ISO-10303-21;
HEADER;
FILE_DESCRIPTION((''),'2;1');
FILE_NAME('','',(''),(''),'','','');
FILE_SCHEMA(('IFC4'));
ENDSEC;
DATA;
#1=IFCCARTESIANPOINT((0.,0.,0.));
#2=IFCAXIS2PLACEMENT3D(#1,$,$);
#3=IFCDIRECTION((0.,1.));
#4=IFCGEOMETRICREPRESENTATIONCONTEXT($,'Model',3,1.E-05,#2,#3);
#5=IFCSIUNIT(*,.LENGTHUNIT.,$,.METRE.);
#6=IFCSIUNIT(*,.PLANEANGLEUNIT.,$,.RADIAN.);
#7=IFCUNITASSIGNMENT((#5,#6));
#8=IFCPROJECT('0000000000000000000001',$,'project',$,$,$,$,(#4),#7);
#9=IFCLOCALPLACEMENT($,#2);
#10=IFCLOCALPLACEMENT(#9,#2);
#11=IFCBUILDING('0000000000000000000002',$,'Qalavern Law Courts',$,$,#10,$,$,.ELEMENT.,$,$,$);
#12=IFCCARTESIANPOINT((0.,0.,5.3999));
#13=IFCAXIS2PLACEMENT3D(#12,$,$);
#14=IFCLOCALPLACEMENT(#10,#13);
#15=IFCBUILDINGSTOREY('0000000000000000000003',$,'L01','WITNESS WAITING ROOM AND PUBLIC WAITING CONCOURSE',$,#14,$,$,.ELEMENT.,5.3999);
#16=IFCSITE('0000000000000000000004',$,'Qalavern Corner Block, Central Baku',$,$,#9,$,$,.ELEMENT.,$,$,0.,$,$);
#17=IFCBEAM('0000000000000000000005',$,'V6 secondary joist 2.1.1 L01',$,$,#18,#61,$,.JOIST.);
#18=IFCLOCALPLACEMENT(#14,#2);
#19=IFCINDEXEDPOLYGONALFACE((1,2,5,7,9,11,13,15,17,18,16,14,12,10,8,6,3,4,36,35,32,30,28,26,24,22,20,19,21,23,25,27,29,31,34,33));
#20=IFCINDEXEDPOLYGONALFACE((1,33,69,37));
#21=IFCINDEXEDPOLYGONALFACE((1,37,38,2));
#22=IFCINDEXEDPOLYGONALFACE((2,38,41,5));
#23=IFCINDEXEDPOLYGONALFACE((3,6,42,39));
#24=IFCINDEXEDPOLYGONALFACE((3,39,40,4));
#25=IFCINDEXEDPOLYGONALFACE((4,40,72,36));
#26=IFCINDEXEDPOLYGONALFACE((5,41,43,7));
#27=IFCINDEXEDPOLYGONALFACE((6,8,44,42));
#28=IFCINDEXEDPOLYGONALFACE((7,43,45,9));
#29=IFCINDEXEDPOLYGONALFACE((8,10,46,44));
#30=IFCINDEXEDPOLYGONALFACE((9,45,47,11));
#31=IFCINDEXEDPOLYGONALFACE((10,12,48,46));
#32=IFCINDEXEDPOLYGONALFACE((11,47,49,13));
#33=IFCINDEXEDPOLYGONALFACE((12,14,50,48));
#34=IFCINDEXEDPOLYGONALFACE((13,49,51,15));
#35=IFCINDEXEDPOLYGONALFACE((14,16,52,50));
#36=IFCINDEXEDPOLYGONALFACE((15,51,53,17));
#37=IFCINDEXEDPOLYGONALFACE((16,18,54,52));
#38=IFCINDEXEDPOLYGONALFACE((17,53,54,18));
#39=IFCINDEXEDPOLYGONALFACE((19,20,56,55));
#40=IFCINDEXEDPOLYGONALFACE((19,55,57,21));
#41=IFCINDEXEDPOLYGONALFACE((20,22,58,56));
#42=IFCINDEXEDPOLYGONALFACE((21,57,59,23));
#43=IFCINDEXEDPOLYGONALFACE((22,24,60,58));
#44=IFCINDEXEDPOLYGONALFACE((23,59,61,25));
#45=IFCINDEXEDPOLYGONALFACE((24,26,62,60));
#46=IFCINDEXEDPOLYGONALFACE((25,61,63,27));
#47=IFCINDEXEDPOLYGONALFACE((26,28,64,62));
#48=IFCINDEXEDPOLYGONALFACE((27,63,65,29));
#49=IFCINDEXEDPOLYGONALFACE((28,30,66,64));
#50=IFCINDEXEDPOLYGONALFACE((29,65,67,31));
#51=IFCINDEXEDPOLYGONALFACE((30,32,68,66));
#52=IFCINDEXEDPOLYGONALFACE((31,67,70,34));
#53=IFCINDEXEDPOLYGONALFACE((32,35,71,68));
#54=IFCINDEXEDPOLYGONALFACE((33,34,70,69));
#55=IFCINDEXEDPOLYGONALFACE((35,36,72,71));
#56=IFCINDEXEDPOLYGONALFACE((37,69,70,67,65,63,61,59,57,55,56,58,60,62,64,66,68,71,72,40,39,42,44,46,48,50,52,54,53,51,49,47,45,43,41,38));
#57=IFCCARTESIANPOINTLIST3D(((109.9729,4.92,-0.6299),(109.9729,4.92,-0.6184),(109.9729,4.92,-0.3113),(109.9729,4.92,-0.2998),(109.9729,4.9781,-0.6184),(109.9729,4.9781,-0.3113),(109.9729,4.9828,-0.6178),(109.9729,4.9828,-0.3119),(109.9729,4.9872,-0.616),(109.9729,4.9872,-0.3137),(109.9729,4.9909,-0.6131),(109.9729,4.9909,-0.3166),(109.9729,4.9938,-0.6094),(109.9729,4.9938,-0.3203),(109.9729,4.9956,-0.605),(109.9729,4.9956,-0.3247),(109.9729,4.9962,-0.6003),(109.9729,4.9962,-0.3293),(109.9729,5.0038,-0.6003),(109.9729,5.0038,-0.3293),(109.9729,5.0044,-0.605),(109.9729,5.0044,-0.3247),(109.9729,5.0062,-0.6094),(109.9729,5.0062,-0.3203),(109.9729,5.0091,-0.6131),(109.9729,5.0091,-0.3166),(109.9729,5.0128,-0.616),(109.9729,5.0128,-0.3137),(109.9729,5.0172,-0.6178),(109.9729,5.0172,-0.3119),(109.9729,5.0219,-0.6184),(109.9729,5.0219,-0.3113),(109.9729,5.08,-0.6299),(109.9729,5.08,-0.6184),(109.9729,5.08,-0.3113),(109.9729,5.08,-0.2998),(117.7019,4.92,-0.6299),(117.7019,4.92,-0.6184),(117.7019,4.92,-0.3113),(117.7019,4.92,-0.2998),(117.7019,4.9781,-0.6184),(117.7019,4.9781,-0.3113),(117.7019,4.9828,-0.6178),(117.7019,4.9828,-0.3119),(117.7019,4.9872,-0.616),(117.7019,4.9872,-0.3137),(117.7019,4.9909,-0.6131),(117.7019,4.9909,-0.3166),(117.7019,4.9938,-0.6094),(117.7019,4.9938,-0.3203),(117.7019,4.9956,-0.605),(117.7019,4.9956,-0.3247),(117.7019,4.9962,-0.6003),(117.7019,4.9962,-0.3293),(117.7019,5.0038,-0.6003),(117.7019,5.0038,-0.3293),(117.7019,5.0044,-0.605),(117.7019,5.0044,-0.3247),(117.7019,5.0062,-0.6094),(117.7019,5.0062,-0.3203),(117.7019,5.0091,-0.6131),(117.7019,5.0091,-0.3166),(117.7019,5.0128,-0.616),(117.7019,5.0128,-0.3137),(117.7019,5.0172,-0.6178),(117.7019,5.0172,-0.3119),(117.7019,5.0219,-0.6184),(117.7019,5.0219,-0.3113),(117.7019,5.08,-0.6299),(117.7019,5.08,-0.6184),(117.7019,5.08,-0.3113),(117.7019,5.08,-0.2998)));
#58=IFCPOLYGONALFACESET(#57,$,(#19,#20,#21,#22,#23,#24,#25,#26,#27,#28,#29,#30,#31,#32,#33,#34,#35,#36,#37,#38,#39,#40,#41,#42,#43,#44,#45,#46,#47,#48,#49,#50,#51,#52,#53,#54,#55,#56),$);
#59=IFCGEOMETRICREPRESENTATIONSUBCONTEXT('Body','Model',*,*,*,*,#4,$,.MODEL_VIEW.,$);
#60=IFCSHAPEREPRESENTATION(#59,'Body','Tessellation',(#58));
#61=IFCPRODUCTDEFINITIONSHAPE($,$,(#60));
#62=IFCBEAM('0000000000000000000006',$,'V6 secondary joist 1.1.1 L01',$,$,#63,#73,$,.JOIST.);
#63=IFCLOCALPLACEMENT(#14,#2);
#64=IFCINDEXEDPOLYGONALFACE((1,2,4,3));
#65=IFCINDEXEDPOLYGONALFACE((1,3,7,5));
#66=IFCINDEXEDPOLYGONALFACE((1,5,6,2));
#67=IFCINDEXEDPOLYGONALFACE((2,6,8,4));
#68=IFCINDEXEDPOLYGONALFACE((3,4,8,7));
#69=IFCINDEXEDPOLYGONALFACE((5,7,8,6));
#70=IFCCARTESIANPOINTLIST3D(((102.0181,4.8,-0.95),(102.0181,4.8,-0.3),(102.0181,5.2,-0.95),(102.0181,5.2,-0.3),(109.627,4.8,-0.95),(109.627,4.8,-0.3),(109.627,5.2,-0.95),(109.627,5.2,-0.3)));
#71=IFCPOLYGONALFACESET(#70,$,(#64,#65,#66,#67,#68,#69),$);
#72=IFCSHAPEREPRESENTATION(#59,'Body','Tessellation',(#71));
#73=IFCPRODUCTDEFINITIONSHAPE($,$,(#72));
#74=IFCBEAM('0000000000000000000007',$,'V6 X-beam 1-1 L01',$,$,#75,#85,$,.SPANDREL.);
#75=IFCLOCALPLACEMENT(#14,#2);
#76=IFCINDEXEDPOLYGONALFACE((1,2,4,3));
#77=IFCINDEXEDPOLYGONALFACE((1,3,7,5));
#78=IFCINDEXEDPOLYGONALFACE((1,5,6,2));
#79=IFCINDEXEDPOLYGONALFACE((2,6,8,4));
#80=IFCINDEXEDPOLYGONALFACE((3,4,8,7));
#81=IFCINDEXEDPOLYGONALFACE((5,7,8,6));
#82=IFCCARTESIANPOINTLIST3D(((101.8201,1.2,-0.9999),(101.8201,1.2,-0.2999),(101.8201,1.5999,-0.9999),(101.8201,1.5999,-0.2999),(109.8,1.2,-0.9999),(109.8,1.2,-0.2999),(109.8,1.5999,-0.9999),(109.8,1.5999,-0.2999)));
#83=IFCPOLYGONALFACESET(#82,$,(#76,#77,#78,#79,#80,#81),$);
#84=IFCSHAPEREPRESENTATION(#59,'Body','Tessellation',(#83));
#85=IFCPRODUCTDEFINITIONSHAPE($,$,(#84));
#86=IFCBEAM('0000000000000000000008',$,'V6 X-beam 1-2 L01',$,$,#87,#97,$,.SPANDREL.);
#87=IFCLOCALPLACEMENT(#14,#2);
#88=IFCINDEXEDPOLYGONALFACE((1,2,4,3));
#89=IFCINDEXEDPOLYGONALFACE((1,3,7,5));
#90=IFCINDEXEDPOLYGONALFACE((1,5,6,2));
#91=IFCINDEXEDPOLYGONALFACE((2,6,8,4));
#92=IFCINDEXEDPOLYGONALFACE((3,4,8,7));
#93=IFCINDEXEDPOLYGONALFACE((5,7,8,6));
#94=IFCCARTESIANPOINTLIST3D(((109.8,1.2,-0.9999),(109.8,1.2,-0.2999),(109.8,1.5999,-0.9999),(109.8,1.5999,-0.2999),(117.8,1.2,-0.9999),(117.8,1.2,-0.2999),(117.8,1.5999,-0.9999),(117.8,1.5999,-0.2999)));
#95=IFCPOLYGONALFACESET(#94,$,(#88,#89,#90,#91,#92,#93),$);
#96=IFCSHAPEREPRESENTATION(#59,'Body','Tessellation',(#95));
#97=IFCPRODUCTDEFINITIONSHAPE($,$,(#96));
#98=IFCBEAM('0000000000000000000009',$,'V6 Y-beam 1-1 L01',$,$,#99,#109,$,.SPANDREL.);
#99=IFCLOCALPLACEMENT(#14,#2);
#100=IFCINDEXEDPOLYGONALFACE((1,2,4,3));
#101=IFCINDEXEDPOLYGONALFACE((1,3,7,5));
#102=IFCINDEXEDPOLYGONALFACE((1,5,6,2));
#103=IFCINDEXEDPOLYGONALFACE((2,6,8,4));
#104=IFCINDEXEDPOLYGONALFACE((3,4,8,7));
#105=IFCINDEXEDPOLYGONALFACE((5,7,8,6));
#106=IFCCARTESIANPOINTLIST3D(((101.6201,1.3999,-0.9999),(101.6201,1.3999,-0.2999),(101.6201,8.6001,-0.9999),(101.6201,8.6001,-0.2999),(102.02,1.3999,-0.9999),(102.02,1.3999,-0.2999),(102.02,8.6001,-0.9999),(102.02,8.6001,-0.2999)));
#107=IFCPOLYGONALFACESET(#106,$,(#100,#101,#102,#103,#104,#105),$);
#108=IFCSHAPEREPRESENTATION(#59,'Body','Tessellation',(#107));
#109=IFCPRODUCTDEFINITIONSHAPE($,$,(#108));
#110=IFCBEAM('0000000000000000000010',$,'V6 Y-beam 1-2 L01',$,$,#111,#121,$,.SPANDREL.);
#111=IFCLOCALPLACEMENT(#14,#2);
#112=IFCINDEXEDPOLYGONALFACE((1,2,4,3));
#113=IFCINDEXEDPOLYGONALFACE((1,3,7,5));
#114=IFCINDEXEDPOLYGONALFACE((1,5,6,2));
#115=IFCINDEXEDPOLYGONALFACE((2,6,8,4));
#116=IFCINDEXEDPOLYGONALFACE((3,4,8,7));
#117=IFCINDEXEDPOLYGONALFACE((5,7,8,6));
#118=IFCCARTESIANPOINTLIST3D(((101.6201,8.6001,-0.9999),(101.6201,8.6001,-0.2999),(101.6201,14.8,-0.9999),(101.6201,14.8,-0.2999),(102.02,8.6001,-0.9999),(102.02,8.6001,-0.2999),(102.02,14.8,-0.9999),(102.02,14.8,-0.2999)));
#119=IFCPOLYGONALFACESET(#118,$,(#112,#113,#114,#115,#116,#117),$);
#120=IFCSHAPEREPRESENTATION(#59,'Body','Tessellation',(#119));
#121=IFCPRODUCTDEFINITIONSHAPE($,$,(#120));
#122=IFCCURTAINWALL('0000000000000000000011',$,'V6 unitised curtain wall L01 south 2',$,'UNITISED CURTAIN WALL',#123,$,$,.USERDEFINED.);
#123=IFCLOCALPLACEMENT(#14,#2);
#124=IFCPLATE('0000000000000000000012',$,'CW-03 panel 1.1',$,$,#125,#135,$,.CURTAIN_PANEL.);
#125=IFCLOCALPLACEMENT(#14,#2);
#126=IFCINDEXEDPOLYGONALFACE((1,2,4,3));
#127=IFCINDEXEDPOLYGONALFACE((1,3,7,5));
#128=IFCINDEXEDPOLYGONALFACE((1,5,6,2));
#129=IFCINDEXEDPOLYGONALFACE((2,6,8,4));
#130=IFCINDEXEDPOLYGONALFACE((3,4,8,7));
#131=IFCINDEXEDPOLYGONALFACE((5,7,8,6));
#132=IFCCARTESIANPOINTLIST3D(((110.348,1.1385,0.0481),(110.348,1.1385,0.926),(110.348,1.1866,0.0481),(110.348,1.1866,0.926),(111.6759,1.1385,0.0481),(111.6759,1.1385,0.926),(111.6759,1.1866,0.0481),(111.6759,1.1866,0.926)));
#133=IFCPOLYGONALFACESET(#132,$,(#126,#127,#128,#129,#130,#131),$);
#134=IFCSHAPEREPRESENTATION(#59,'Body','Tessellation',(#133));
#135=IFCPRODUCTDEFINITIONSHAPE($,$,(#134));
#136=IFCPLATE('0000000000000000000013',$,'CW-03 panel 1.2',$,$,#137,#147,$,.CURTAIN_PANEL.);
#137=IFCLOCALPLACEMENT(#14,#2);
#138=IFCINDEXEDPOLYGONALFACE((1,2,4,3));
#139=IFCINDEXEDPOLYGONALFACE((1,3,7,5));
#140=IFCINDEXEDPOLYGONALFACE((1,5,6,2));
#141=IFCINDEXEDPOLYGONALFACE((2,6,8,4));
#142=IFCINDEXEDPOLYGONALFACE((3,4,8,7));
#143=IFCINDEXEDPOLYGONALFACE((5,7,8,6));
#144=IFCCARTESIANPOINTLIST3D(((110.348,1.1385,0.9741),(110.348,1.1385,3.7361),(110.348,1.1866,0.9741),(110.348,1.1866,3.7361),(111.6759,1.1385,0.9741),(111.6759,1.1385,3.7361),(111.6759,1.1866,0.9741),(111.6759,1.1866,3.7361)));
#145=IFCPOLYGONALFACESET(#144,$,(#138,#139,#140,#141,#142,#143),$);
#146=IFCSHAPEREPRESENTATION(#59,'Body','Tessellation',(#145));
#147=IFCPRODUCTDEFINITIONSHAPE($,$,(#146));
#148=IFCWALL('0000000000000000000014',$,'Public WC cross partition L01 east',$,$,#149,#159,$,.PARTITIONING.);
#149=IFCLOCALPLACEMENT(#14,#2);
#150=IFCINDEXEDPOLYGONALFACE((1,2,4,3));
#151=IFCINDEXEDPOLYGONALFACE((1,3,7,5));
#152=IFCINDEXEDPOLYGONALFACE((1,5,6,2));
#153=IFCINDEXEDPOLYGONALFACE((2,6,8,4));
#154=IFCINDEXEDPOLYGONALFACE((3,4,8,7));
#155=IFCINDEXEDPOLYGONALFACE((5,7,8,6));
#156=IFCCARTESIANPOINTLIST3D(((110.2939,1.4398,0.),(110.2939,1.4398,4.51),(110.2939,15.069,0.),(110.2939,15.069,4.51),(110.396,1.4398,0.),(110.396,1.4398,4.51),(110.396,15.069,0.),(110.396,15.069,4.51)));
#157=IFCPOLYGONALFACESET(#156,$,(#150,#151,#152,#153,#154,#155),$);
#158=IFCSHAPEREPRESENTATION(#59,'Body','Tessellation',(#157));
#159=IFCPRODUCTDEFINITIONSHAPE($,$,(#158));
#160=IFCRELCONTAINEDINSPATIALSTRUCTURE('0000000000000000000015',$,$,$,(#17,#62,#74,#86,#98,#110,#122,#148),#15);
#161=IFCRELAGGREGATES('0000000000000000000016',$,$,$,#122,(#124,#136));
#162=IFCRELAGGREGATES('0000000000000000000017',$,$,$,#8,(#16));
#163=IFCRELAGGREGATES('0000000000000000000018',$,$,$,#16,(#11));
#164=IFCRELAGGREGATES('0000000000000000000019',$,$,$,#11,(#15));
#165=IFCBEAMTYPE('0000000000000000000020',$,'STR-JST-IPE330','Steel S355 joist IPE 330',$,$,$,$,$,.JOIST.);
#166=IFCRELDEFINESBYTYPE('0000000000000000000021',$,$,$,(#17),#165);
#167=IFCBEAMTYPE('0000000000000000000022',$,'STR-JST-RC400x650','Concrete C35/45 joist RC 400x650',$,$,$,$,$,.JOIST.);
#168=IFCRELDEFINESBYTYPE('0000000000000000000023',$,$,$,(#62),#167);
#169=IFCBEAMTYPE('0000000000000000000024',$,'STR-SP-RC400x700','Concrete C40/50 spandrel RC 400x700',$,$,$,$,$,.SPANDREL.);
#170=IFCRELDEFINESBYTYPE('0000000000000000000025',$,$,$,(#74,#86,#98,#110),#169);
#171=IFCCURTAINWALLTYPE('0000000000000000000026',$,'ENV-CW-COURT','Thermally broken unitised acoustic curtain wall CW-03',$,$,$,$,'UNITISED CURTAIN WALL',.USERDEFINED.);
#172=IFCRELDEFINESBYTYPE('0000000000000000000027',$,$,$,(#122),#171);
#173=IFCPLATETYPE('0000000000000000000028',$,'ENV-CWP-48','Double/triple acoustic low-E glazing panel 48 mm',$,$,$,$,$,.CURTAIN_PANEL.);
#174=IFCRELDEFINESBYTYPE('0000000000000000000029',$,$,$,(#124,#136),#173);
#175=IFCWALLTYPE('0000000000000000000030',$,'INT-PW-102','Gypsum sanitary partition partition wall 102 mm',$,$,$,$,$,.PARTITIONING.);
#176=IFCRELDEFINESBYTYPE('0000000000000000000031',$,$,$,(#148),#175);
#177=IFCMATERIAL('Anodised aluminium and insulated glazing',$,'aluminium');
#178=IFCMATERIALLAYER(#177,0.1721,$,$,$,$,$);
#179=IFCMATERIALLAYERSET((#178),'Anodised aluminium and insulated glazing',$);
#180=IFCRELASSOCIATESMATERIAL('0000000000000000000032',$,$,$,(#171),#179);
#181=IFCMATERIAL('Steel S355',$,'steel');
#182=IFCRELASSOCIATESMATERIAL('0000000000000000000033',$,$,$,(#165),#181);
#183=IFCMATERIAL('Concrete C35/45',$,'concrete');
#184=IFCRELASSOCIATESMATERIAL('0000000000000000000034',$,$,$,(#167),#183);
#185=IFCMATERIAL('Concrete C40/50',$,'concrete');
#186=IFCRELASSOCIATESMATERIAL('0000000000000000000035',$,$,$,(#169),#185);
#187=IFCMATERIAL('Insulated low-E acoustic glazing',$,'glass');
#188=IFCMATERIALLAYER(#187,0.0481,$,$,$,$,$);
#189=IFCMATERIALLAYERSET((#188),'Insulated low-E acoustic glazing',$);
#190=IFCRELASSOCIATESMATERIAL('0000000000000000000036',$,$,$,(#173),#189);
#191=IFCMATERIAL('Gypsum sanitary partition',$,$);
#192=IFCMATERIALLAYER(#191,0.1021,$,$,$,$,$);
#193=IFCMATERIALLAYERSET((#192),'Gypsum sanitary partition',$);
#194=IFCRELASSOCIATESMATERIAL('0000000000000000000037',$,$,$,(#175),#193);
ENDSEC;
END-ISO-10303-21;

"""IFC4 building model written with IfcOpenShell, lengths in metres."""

from ifc_helpers import new_model, si_unit, direction, frame, frame_2d, origin, origin_2d, place, context, subcontext, project, spatial, rectangle, i_section, extrude, material, layer, layer_set, material_profile, profile_set, type_object, element, aggregate, save


model = new_model("IFC4")

# Units and contexts
model_context = context("Model", 3, precision=1e-05, world=origin(), true_north=direction((0.0, 1.0)))
body_context = subcontext(model_context, "Body", "Model", "MODEL_VIEW")
ifc_project = project(units=[si_unit("LENGTHUNIT", "METRE"), si_unit("PLANEANGLEUNIT", "RADIAN")], contexts=[model_context])

# Site, building, storey
site_placement = place(None, origin())
site = spatial("IfcSite", under=ifc_project, at=site_placement, Name="Qalavern Corner Block, Central Baku", CompositionType="ELEMENT", RefElevation=0.0)
building_placement = place(site_placement, origin())
building = spatial("IfcBuilding", under=site, at=building_placement, Name="Qalavern Law Courts", CompositionType="ELEMENT")
storey_placement = place(building_placement, frame((0.0, 0.0, 5.3999)))
storey = spatial("IfcBuildingStorey", under=building, at=storey_placement, Name="L01", Description="WITNESS WAITING ROOM AND PUBLIC WAITING CONCOURSE", CompositionType="ELEMENT", Elevation=5.3999)

# Shared definitions
ifc_material_1 = material(Name="Anodised aluminium and insulated glazing", Category="aluminium")
ifc_layer_1 = layer(ifc_material_1, 0.1721)
ifc_layer_set_1 = layer_set([ifc_layer_1], Name="Anodised aluminium and insulated glazing")
curtain_wall_type = type_object("IfcCurtainWallType", Name="ENV-CW-COURT", Description="Thermally broken unitised acoustic curtain wall CW-03", ElementType="UNITISED CURTAIN WALL", PredefinedType="USERDEFINED", material=ifc_layer_set_1)

# Beams
ifc_material_2 = material(Name="Steel S355", Category="steel")
ifc_material_3 = material(Name="Concrete C35/45", Category="concrete")
ifc_material_profile_1 = material_profile(ifc_material_2, i_section(OverallWidth=0.1599, OverallDepth=0.3301, WebThickness=0.0076, FlangeThickness=0.0115, FilletRadius=0.0181, at=origin_2d()), Name="IPE 330")
ifc_profile_set_1 = profile_set([ifc_material_profile_1], Name="Steel S355")
beam_type_1 = type_object("IfcBeamType", Name="STR-JST-IPE330", Description="Steel S355 joist IPE 330", PredefinedType="JOIST", material=ifc_profile_set_1)
beam_1_placement = place(storey_placement, frame((109.9729, 5.0, -0.4648), z_axis=(1.0, 0.0, 0.0), x_axis=(0.0, 1.0, 0.0)))
element("IfcBeam", 1, at=beam_1_placement, inside=storey, type_object=beam_type_1, Name="V6 secondary joist 2.1.1 L01", PredefinedType="JOIST", context=body_context, shape_type="SweptSolid", body=[
    extrude(i_section(OverallWidth=0.1599, OverallDepth=0.3301, WebThickness=0.0076, FlangeThickness=0.0115, FilletRadius=0.0181, at=origin_2d()), origin(), (0.0, 0.0, 1.0), 7.729),
])
ifc_material_profile_2 = material_profile(ifc_material_3, rectangle(XDim=0.3999, YDim=0.6499, at=origin_2d()), Name="RC 400x650")
ifc_profile_set_2 = profile_set([ifc_material_profile_2], Name="Concrete C35/45")
beam_type_2 = type_object("IfcBeamType", Name="STR-JST-RC400x650", Description="Concrete C35/45 joist RC 400x650", PredefinedType="JOIST", material=ifc_profile_set_2)
beam_2_placement = place(storey_placement, frame((102.0181, 5.0, -0.625), z_axis=(1.0, 0.0, 0.0), x_axis=(0.0, 1.0, 0.0)))
element("IfcBeam", 2, at=beam_2_placement, inside=storey, type_object=beam_type_2, Name="V6 secondary joist 1.1.1 L01", PredefinedType="JOIST", context=body_context, shape_type="SweptSolid", body=[
    extrude(rectangle(XDim=0.3999, YDim=0.6499, at=origin_2d()), origin(), (0.0, 0.0, 1.0), 7.6089),
])
ifc_material_4 = material(Name="Concrete C40/50", Category="concrete")
ifc_material_profile_3 = material_profile(ifc_material_4, rectangle(XDim=0.3999, YDim=0.7, at=origin_2d()), Name="RC 400x700")
ifc_profile_set_3 = profile_set([ifc_material_profile_3], Name="Concrete C40/50")
beam_type_3 = type_object("IfcBeamType", Name="STR-SP-RC400x700", Description="Concrete C40/50 spandrel RC 400x700", PredefinedType="SPANDREL", material=ifc_profile_set_3)
beam_3_placement = place(storey_placement, frame((101.8201, 1.3999, -0.6499), z_axis=(1.0, 0.0, 0.0), x_axis=(0.0, 1.0, 0.0)))
element("IfcBeam", 3, at=beam_3_placement, inside=storey, type_object=beam_type_3, Name="V6 X-beam 1-1 L01", PredefinedType="SPANDREL", context=body_context, shape_type="SweptSolid", body=[
    extrude(rectangle(XDim=0.3999, YDim=0.7, at=origin_2d()), origin(), (0.0, 0.0, 1.0), 7.98),
])
beam_4_placement = place(storey_placement, frame((109.8, 1.3999, -0.6499), z_axis=(1.0, 0.0, 0.0), x_axis=(0.0, 1.0, 0.0)))
element("IfcBeam", 4, at=beam_4_placement, inside=storey, type_object=beam_type_3, Name="V6 X-beam 1-2 L01", PredefinedType="SPANDREL", context=body_context, shape_type="SweptSolid", body=[
    extrude(rectangle(XDim=0.3999, YDim=0.7, at=origin_2d()), origin(), (0.0, 0.0, 1.0), 8.0),
])
beam_5_placement = place(storey_placement, frame((101.8201, 1.3999, -0.6499), z_axis=(0.0, 1.0, 0.0), x_axis=(-1.0, 0.0, 0.0)))
element("IfcBeam", 5, at=beam_5_placement, inside=storey, type_object=beam_type_3, Name="V6 Y-beam 1-1 L01", PredefinedType="SPANDREL", context=body_context, shape_type="SweptSolid", body=[
    extrude(rectangle(XDim=0.3999, YDim=0.7, at=origin_2d()), origin(), (0.0, 0.0, 1.0), 7.2002),
])
beam_6_placement = place(storey_placement, frame((101.8201, 8.6001, -0.6499), z_axis=(0.0, 1.0, 0.0), x_axis=(-1.0, 0.0, 0.0)))
element("IfcBeam", 6, at=beam_6_placement, inside=storey, type_object=beam_type_3, Name="V6 Y-beam 1-2 L01", PredefinedType="SPANDREL", context=body_context, shape_type="SweptSolid", body=[
    extrude(rectangle(XDim=0.3999, YDim=0.7, at=origin_2d()), origin(), (0.0, 0.0, 1.0), 6.2),
])

# Curtain wall, plates
curtain_wall_1_placement = place(storey_placement, origin())
curtain_wall_1 = element("IfcCurtainWall", 7, at=curtain_wall_1_placement, inside=storey, type_object=curtain_wall_type, Name="V6 unitised curtain wall L01 south 2", ObjectType="UNITISED CURTAIN WALL", PredefinedType="USERDEFINED")
ifc_material_5 = material(Name="Insulated low-E acoustic glazing", Category="glass")
ifc_layer_2 = layer(ifc_material_5, 0.0481)
ifc_layer_set_2 = layer_set([ifc_layer_2], Name="Insulated low-E acoustic glazing")
plate_type = type_object("IfcPlateType", Name="ENV-CWP-48", Description="Double/triple acoustic low-E glazing panel 48 mm", PredefinedType="CURTAIN_PANEL", material=ifc_layer_set_2)
plate_1_placement = place(storey_placement, frame((111.012, 1.1626, 0.0481), z_axis=(0.0, 0.0, 1.0), x_axis=(1.0, 0.0, 0.0)))
plate_1 = element("IfcPlate", 8, at=plate_1_placement, type_object=plate_type, Name="CW-03 panel 1.1", PredefinedType="CURTAIN_PANEL", context=body_context, shape_type="SweptSolid", body=[
    extrude(rectangle(XDim=1.3279, YDim=0.0481, at=origin_2d()), origin(), (0.0, 0.0, 1.0), 0.8779),
])
plate_2_placement = place(storey_placement, frame((111.012, 1.1626, 0.9741), z_axis=(0.0, 0.0, 1.0), x_axis=(1.0, 0.0, 0.0)))
plate_2 = element("IfcPlate", 9, at=plate_2_placement, type_object=plate_type, Name="CW-03 panel 1.2", PredefinedType="CURTAIN_PANEL", context=body_context, shape_type="SweptSolid", body=[
    extrude(rectangle(XDim=1.3279, YDim=0.0481, at=origin_2d()), origin(), (0.0, 0.0, 1.0), 2.762),
])
aggregate(curtain_wall_1, [plate_1, plate_2])

# Wall
ifc_material_6 = material(Name="Gypsum sanitary partition")
ifc_layer_3 = layer(ifc_material_6, 0.1021)
ifc_layer_set_3 = layer_set([ifc_layer_3], Name="Gypsum sanitary partition")
wall_type = type_object("IfcWallType", Name="INT-PW-102", Description="Gypsum sanitary partition partition wall 102 mm", PredefinedType="PARTITIONING", material=ifc_layer_set_3)
wall_placement = place(storey_placement, frame((110.345, 1.4399, 0.0), z_axis=(0.0, 0.0, 1.0), x_axis=(0.0, 1.0, 0.0)))
element("IfcWall", 10, at=wall_placement, inside=storey, type_object=wall_type, Name="Public WC cross partition L01 east", PredefinedType="PARTITIONING", context=body_context, shape_type="SweptSolid", body=[
    extrude(rectangle(XDim=13.6292, YDim=0.1021, at=frame_2d((6.8145, 0.0))), origin(), (0.0, 0.0, 1.0), 4.51),
])

save(model, "model.ifc")
